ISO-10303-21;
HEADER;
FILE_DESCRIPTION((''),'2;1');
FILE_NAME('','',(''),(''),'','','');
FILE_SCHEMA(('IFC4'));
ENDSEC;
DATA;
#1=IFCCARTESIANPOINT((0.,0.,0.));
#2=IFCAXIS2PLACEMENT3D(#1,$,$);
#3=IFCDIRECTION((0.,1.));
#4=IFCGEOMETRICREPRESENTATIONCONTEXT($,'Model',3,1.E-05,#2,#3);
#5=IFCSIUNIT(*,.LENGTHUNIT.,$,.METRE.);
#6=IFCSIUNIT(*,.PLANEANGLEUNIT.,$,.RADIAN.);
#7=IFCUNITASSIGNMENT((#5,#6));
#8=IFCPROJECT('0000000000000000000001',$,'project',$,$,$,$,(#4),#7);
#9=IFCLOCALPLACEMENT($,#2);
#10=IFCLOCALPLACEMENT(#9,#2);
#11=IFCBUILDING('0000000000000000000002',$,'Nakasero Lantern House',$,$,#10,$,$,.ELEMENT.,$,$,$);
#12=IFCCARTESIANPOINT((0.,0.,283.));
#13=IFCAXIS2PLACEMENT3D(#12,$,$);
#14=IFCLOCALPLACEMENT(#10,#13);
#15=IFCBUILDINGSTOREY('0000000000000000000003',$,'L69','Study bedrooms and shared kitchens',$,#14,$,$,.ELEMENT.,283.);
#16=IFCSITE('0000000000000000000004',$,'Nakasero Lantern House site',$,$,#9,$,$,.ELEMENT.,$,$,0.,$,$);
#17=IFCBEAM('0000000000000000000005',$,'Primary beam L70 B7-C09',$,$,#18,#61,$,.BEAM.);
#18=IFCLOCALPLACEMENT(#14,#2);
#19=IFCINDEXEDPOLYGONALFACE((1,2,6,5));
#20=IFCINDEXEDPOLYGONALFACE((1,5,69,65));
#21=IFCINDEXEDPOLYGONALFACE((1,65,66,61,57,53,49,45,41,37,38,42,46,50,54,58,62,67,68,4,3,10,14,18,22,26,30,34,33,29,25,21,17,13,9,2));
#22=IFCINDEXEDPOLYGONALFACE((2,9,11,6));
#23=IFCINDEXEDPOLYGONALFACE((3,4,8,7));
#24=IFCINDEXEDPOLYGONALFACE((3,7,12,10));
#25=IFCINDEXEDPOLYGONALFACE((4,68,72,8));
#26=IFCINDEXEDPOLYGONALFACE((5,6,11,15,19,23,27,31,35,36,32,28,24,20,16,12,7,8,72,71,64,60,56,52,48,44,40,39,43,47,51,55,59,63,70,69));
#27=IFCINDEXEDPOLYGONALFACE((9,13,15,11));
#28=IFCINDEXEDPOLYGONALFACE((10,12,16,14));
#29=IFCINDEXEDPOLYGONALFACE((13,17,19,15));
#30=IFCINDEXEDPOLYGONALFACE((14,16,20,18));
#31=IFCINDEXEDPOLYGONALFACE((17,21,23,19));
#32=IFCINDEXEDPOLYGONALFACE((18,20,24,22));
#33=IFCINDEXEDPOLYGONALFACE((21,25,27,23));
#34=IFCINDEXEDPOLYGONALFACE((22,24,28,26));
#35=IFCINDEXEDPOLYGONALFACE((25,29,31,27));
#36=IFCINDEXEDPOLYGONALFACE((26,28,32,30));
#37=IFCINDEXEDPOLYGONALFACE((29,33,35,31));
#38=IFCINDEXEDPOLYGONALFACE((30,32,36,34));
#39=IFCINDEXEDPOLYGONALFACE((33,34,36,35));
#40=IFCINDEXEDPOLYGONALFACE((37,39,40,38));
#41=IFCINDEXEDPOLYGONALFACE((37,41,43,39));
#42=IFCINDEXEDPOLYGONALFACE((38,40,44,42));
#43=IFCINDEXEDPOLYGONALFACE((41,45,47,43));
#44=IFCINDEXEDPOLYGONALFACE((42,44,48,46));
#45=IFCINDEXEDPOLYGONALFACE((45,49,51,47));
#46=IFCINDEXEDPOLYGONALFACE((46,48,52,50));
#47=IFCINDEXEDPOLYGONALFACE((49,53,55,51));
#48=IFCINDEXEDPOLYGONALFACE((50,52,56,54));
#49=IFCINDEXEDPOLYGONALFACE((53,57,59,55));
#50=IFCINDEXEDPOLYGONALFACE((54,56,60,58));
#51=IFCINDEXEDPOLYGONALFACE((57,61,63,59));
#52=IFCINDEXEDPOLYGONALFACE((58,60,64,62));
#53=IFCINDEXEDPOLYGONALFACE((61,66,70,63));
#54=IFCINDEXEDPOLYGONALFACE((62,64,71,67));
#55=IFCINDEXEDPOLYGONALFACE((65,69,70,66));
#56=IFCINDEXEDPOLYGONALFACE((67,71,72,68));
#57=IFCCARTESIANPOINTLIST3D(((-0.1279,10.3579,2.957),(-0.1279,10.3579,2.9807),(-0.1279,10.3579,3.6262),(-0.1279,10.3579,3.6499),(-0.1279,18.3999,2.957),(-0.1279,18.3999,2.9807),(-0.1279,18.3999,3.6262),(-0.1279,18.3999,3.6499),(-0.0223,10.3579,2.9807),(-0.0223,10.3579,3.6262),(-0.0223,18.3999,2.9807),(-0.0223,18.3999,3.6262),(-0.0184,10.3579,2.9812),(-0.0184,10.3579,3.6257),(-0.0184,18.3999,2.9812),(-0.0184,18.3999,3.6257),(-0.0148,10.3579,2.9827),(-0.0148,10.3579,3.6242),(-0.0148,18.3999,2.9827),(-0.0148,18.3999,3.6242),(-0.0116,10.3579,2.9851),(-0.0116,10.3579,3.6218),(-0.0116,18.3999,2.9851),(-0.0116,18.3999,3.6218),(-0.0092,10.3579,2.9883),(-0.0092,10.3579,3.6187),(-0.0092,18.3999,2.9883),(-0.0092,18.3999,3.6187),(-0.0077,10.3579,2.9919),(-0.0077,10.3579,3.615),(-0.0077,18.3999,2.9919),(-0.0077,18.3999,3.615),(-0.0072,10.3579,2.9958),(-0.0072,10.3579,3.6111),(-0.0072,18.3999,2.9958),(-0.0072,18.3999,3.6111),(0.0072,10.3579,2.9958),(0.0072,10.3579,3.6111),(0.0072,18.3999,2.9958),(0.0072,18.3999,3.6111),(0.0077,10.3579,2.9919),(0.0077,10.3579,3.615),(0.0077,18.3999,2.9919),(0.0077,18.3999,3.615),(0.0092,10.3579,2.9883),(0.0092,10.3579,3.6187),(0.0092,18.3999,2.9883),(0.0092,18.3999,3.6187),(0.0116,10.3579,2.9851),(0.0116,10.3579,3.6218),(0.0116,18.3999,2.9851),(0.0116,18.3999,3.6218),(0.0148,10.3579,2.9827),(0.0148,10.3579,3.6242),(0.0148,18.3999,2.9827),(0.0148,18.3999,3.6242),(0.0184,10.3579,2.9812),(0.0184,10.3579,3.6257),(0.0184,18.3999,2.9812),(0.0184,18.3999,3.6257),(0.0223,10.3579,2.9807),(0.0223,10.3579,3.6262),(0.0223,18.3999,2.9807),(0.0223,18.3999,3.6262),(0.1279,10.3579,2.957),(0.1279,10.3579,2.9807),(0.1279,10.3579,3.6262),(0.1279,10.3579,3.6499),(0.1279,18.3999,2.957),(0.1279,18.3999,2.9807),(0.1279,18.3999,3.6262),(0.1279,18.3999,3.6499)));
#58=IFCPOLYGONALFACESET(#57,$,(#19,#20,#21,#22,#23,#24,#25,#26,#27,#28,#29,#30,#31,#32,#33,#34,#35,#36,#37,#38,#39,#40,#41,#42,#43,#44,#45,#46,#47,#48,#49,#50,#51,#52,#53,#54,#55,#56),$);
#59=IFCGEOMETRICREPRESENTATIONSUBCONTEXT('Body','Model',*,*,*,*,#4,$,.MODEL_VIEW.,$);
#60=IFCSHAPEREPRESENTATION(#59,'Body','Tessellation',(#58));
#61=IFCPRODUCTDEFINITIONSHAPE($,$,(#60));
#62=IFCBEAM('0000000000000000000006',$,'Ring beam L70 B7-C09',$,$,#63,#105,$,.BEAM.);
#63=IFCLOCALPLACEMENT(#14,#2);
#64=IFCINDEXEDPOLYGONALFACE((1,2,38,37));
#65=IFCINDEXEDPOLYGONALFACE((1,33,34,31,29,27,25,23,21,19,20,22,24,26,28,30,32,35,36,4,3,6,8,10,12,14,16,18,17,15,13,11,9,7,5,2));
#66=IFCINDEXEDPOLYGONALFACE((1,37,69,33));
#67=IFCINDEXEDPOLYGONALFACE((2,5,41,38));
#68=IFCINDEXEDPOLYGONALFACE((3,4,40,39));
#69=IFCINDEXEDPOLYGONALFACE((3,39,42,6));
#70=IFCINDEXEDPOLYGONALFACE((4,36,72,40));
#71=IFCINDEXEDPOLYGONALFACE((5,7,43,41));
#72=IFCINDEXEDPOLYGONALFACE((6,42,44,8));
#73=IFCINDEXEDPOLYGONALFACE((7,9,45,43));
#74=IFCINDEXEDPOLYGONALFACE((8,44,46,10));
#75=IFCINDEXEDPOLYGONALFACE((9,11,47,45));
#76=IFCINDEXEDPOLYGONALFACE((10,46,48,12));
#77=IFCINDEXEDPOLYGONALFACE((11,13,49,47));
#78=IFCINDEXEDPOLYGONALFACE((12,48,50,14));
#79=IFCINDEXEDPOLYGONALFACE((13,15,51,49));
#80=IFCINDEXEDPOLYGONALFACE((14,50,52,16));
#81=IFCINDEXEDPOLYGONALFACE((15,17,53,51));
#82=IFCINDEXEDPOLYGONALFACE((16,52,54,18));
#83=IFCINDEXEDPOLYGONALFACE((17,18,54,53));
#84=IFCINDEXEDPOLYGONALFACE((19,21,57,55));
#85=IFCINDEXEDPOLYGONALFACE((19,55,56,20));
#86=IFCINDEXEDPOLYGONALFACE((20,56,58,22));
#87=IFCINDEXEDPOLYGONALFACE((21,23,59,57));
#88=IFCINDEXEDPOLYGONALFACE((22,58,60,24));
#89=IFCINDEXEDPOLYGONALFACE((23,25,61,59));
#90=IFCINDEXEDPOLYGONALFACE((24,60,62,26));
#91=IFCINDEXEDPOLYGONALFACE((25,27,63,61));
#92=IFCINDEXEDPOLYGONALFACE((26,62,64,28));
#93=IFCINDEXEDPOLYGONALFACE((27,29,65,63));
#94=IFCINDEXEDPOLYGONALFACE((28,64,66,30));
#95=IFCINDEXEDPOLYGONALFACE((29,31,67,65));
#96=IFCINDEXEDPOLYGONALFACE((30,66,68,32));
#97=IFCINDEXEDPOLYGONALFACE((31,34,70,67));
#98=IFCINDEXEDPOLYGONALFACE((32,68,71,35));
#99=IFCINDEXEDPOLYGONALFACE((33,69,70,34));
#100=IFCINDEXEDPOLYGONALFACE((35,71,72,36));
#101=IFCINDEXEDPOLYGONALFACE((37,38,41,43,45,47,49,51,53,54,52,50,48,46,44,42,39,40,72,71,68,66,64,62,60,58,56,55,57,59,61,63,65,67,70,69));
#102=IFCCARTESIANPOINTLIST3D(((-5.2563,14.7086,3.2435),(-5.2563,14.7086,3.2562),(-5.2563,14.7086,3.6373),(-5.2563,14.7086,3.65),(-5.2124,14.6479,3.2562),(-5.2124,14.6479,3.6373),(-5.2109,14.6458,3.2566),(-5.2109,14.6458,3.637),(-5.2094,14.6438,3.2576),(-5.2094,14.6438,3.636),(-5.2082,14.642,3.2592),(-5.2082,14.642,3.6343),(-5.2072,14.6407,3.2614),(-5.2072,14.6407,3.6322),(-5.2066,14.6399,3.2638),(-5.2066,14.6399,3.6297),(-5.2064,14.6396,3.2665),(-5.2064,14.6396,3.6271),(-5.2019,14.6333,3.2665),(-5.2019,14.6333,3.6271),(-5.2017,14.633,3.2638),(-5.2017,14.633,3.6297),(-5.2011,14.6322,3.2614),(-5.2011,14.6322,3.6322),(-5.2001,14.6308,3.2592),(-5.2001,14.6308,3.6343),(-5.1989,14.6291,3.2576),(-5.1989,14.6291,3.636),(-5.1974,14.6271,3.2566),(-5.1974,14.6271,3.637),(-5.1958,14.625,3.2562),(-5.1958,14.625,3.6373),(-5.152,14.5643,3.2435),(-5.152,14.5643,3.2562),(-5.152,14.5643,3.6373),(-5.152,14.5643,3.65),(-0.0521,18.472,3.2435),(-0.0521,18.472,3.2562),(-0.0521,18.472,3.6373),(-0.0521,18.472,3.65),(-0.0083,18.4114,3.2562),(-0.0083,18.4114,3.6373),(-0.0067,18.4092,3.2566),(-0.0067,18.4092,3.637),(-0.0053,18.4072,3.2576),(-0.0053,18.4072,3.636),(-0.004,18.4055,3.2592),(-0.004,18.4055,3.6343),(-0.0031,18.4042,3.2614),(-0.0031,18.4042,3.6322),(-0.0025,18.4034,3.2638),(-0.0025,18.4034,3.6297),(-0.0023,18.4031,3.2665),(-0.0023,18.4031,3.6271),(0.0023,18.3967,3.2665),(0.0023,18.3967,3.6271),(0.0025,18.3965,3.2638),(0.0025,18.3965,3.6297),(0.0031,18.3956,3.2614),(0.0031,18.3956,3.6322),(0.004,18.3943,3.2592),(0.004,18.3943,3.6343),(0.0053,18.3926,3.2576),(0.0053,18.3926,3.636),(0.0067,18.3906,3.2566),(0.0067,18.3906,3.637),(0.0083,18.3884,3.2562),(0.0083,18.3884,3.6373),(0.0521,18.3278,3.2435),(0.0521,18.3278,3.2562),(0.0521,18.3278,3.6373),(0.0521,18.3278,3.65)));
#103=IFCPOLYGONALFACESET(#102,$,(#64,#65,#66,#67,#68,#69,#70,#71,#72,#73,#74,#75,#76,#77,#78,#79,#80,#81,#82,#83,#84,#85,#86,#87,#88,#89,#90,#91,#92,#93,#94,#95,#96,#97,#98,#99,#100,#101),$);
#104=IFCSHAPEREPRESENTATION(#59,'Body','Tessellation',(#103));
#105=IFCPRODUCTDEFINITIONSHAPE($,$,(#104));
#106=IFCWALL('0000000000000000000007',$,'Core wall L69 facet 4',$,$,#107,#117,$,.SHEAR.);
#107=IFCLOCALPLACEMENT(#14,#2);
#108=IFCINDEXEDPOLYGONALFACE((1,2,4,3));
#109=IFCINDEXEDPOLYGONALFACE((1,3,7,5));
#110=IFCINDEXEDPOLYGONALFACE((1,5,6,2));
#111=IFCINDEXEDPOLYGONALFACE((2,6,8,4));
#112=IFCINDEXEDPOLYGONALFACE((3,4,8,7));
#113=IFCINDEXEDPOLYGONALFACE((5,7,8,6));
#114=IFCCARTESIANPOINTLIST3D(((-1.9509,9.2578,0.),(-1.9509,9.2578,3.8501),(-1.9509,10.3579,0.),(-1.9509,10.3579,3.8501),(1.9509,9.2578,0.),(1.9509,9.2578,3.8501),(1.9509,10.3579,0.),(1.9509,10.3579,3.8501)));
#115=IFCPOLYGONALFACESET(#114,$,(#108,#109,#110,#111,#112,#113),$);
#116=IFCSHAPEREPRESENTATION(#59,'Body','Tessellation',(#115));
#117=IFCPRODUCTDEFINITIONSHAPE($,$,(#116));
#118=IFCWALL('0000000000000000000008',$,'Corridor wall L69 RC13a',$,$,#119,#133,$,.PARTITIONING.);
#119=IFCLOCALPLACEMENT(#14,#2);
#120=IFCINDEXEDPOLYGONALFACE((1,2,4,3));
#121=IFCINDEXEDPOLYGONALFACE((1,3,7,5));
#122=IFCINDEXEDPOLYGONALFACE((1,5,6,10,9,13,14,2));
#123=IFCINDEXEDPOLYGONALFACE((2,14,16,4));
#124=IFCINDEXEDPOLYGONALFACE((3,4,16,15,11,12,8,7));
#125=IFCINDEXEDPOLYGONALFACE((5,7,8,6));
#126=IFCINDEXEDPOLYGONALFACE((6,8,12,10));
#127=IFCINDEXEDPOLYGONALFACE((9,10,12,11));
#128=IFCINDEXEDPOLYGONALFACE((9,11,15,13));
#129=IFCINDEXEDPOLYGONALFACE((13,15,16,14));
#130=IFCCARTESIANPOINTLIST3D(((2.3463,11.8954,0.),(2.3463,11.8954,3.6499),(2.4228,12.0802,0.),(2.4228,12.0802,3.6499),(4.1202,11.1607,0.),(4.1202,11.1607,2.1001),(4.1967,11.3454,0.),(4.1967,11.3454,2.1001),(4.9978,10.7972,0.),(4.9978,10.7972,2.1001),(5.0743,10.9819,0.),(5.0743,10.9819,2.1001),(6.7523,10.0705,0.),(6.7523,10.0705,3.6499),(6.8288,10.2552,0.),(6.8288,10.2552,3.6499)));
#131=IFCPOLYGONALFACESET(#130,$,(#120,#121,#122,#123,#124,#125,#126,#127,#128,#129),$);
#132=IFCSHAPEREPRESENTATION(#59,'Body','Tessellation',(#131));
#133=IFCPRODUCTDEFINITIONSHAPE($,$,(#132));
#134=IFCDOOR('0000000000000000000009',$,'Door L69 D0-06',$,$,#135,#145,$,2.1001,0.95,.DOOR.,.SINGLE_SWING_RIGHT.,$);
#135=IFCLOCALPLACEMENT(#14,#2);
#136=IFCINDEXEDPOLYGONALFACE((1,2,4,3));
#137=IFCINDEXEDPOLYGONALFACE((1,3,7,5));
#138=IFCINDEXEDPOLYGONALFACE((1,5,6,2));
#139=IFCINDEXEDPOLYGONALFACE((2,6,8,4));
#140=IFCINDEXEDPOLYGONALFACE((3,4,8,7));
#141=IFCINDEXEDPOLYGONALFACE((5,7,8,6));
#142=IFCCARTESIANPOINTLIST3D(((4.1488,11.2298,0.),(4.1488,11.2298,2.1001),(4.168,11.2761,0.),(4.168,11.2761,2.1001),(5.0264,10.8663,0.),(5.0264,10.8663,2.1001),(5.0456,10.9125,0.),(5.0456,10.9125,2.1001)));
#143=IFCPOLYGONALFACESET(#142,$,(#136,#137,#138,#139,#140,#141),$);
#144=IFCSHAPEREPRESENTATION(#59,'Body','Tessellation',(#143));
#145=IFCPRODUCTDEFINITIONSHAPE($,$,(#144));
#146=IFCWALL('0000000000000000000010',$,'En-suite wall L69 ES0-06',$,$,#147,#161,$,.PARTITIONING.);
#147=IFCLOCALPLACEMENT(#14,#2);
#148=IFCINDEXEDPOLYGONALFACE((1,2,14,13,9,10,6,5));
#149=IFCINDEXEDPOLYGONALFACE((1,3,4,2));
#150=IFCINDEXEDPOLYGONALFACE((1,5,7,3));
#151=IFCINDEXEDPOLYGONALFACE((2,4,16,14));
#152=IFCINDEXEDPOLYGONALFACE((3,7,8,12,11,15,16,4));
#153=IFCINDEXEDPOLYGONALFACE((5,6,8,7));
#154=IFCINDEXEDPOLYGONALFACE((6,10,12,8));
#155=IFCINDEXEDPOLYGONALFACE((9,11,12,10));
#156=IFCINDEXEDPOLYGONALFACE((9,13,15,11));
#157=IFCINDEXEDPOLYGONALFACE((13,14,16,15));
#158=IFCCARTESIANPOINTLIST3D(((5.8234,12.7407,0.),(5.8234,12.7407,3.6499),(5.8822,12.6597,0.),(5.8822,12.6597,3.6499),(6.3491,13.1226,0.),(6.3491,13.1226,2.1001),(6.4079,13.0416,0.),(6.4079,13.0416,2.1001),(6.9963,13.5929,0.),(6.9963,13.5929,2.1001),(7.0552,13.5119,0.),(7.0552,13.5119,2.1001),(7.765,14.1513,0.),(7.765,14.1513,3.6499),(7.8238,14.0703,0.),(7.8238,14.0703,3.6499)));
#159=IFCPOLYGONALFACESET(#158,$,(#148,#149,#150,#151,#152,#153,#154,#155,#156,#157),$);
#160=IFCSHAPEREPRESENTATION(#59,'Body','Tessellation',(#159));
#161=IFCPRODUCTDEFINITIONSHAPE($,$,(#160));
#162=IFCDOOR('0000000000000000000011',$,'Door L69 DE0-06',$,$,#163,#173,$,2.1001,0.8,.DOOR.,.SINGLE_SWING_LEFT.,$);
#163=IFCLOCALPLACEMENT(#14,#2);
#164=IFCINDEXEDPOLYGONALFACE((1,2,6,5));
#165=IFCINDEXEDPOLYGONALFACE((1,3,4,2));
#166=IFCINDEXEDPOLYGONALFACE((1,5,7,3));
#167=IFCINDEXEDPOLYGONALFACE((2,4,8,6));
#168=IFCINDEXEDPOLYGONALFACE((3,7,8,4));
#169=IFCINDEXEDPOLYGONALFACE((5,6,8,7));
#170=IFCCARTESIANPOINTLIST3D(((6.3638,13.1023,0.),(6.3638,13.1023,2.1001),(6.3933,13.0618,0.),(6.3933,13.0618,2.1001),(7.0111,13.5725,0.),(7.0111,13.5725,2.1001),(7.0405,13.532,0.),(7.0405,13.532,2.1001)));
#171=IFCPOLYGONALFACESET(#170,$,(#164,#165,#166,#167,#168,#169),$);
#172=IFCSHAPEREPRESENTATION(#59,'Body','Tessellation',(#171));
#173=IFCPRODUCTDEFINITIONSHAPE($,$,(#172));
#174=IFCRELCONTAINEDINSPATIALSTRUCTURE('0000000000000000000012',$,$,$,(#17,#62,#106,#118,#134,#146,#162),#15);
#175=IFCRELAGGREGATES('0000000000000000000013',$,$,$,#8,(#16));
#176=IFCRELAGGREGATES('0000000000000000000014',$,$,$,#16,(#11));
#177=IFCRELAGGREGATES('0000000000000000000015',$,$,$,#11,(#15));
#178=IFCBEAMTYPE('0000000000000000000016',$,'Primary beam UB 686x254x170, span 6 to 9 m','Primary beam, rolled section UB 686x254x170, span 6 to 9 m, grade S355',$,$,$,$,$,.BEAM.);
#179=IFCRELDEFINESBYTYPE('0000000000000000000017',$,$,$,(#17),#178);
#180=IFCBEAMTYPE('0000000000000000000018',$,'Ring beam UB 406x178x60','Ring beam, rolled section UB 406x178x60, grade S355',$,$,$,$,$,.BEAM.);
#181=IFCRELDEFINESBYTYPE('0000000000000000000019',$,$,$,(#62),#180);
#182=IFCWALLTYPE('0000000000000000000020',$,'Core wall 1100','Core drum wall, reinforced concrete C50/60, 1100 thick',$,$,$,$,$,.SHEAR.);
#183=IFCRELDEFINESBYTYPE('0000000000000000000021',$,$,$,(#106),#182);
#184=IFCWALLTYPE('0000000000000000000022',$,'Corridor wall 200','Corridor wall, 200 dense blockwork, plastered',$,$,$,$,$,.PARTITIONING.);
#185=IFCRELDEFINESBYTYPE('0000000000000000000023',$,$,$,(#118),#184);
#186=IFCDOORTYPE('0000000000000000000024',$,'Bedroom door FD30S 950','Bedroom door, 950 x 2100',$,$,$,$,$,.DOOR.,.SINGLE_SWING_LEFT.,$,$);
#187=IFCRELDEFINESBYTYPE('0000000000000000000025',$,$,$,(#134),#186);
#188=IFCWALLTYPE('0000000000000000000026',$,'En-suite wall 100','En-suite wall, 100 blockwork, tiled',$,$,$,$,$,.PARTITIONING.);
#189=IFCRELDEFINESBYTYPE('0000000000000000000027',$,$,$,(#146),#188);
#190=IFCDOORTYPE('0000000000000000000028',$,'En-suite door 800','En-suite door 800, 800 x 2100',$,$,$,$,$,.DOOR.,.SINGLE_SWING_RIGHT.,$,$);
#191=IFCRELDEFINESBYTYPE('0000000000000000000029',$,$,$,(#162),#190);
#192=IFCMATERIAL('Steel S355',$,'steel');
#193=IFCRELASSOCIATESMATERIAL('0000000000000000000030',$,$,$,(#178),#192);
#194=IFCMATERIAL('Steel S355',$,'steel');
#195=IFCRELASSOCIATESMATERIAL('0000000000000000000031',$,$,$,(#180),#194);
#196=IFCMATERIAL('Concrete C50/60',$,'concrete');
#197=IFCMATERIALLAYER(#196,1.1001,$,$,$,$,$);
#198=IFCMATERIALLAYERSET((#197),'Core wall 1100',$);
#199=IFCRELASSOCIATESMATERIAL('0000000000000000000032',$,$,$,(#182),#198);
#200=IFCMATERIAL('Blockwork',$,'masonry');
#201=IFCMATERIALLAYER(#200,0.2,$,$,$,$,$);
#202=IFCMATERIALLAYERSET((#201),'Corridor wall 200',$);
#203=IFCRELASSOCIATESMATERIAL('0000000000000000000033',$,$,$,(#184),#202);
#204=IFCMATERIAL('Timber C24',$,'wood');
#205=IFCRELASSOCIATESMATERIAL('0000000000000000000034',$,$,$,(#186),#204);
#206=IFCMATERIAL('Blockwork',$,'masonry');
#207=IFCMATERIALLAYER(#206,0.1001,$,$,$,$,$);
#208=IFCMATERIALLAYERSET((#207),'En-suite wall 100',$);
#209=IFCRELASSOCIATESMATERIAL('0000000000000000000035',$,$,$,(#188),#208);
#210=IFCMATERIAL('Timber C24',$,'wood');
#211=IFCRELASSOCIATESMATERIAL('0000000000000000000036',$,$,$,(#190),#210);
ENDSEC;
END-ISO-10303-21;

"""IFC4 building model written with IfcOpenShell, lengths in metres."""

from ifc_helpers import new_model, si_unit, direction, frame, frame_2d, origin, origin_2d, place, context, subcontext, project, spatial, rectangle, i_section, extrude, material, layer, layer_set, material_profile, profile_set, type_object, element, fill, save


model = new_model("IFC4")

# Units and contexts
model_context = context("Model", 3, precision=1e-05, world=origin(), true_north=direction((0.0, 1.0)))
body_context = subcontext(model_context, "Body", "Model", "MODEL_VIEW")
ifc_project = project(units=[si_unit("LENGTHUNIT", "METRE"), si_unit("PLANEANGLEUNIT", "RADIAN")], contexts=[model_context])

# Site, building, storey
site_placement = place(None, origin())
site = spatial("IfcSite", under=ifc_project, at=site_placement, Name="Nakasero Lantern House site", CompositionType="ELEMENT", RefElevation=0.0)
building_placement = place(site_placement, origin())
building = spatial("IfcBuilding", under=site, at=building_placement, Name="Nakasero Lantern House", CompositionType="ELEMENT")
storey_placement = place(building_placement, frame((0.0, 0.0, 283.0)))
storey = spatial("IfcBuildingStorey", under=building, at=storey_placement, Name="L69", Description="Study bedrooms and shared kitchens", CompositionType="ELEMENT", Elevation=283.0)

# Beams
ifc_material_1 = material(Name="Steel S355", Category="steel")
ifc_material_profile_1 = material_profile(ifc_material_1, i_section(OverallWidth=0.2559, OverallDepth=0.6929, WebThickness=0.0144, FlangeThickness=0.0237, FilletRadius=0.0151, at=origin_2d()), Name="UB 686x254x170")
ifc_profile_set_1 = profile_set([ifc_material_profile_1], Name="Steel S355")
beam_type_1 = type_object("IfcBeamType", Name="Primary beam UB 686x254x170, span 6 to 9 m", Description="Primary beam, rolled section UB 686x254x170, span 6 to 9 m, grade S355", PredefinedType="BEAM", material=ifc_profile_set_1)
beam_1_placement = place(storey_placement, frame((0.0, 18.3999, 3.3035), z_axis=(0.0, -1.0, 0.0), x_axis=(1.0, 0.0, 0.0)))
element("IfcBeam", 1, at=beam_1_placement, inside=storey, type_object=beam_type_1, Name="Primary beam L70 B7-C09", PredefinedType="BEAM", context=body_context, shape_type="SweptSolid", body=[
    extrude(i_section(OverallWidth=0.2559, OverallDepth=0.6929, WebThickness=0.0144, FlangeThickness=0.0237, FilletRadius=0.0151, at=origin_2d()), origin(), (0.0, 0.0, 1.0), 8.042),
])
ifc_material_2 = material(Name="Steel S355", Category="steel")
ifc_material_profile_2 = material_profile(ifc_material_2, i_section(OverallWidth=0.178, OverallDepth=0.4065, WebThickness=0.0078, FlangeThickness=0.0127, FilletRadius=0.0103, at=origin_2d()), Name="UB 406x178x60")
ifc_profile_set_2 = profile_set([ifc_material_profile_2], Name="Steel S355")
beam_type_2 = type_object("IfcBeamType", Name="Ring beam UB 406x178x60", Description="Ring beam, rolled section UB 406x178x60, grade S355", PredefinedType="BEAM", material=ifc_profile_set_2)
beam_2_placement = place(storey_placement, frame((0.0, 18.3999, 3.4468), z_axis=(-0.810316, -0.585993, 0.0), x_axis=(0.585993, -0.810316, 0.0)))
element("IfcBeam", 2, at=beam_2_placement, inside=storey, type_object=beam_type_2, Name="Ring beam L70 B7-C09", PredefinedType="BEAM", context=body_context, shape_type="SweptSolid", body=[
    extrude(i_section(OverallWidth=0.178, OverallDepth=0.4065, WebThickness=0.0078, FlangeThickness=0.0127, FilletRadius=0.0103, at=origin_2d()), origin(), (0.0, 0.0, 1.0), 6.4224),
])

# Wall
ifc_material_3 = material(Name="Concrete C50/60", Category="concrete")
ifc_layer_1 = layer(ifc_material_3, 1.1001)
ifc_layer_set_1 = layer_set([ifc_layer_1], Name="Core wall 1100")
wall_type_1 = type_object("IfcWallType", Name="Core wall 1100", Description="Core drum wall, reinforced concrete C50/60, 1100 thick", PredefinedType="SHEAR", material=ifc_layer_set_1)
wall_1_placement = place(storey_placement, frame((1.9509, 9.8079, 0.0), z_axis=(0.0, 0.0, 1.0), x_axis=(-1.0, 0.0, 0.0)))
element("IfcWall", 3, at=wall_1_placement, inside=storey, type_object=wall_type_1, Name="Core wall L69 facet 4", PredefinedType="SHEAR", context=body_context, shape_type="SweptSolid", body=[
    extrude(rectangle(XDim=3.9019, YDim=1.1001, at=frame_2d((1.9509, 0.0))), origin(), (0.0, 0.0, 1.0), 3.8501),
])

# Walls, openings, doors
ifc_material_4 = material(Name="Blockwork", Category="masonry")
ifc_layer_2 = layer(ifc_material_4, 0.2)
ifc_layer_set_2 = layer_set([ifc_layer_2], Name="Corridor wall 200")
wall_type_2 = type_object("IfcWallType", Name="Corridor wall 200", Description="Corridor wall, 200 dense blockwork, plastered", PredefinedType="PARTITIONING", material=ifc_layer_set_2)
wall_2_placement = place(storey_placement, frame((2.3845, 11.9878, 0.0), z_axis=(0.0, 0.0, 1.0), x_axis=(0.923885, -0.38267, 0.0)))
wall_2 = element("IfcWall", 4, at=wall_2_placement, inside=storey, type_object=wall_type_2, Name="Corridor wall L69 RC13a", PredefinedType="PARTITIONING", context=body_context, shape_type="SweptSolid", body=[
    extrude(rectangle(XDim=4.769, YDim=0.2, at=frame_2d((2.3845, 0.0))), origin(), (0.0, 0.0, 1.0), 3.6499),
])
opening_1_placement = place(wall_2_placement, frame((1.9199, 0.0, 0.0)))
opening_1 = element("IfcOpeningElement", 5, at=opening_1_placement, cuts=wall_2, PredefinedType="OPENING", context=body_context, shape_type="SweptSolid", body=[
    extrude(rectangle(XDim=0.95, YDim=2.1001, at=frame_2d((0.4751, 1.05))), frame((0.0, 0.1199, 0.0), z_axis=(0.0, -1.0, 0.0), x_axis=(1.0, 0.0, 0.0)), (0.0, 0.0, 1.0), 0.24),
])
ifc_material_5 = material(Name="Timber C24", Category="wood")
door_type_1 = type_object("IfcDoorType", Name="Bedroom door FD30S 950", Description="Bedroom door, 950 x 2100", OperationType="SINGLE_SWING_LEFT", PredefinedType="DOOR", material=ifc_material_5)
door_1_placement = place(opening_1_placement, origin())
door_1 = element("IfcDoor", 6, at=door_1_placement, inside=storey, type_object=door_type_1, Name="Door L69 D0-06", OperationType="SINGLE_SWING_RIGHT", OverallHeight=2.1001, OverallWidth=0.95, PredefinedType="DOOR", context=body_context, shape_type="SweptSolid", body=[
    extrude(rectangle(XDim=0.95, YDim=2.1001, at=frame_2d((0.4751, 1.05))), frame((0.0, 0.0249, 0.0), z_axis=(0.0, -1.0, 0.0), x_axis=(1.0, 0.0, 0.0)), (0.0, 0.0, 1.0), 0.05),
])
fill(opening_1, door_1)
ifc_material_6 = material(Name="Blockwork", Category="masonry")
ifc_layer_3 = layer(ifc_material_6, 0.1001)
ifc_layer_set_3 = layer_set([ifc_layer_3], Name="En-suite wall 100")
wall_type_3 = type_object("IfcWallType", Name="En-suite wall 100", Description="En-suite wall, 100 blockwork, tiled", PredefinedType="PARTITIONING", material=ifc_layer_set_3)
wall_3_placement = place(storey_placement, frame((5.8528, 12.7002, 0.0), z_axis=(0.0, 0.0, 1.0), x_axis=(0.809026, 0.587772, 0.0)))
wall_3 = element("IfcWall", 7, at=wall_3_placement, inside=storey, type_object=wall_type_3, Name="En-suite wall L69 ES0-06", PredefinedType="PARTITIONING", context=body_context, shape_type="SweptSolid", body=[
    extrude(rectangle(XDim=2.3999, YDim=0.1001, at=frame_2d((1.2, 0.0))), origin(), (0.0, 0.0, 1.0), 3.6499),
])
opening_2_placement = place(wall_3_placement, frame((0.6499, 0.0, 0.0)))
opening_2 = element("IfcOpeningElement", 8, at=opening_2_placement, cuts=wall_3, PredefinedType="OPENING", context=body_context, shape_type="SweptSolid", body=[
    extrude(rectangle(XDim=0.8, YDim=2.1001, at=frame_2d((0.3999, 1.05))), frame((0.0, 0.0701, 0.0), z_axis=(0.0, -1.0, 0.0), x_axis=(1.0, 0.0, 0.0)), (0.0, 0.0, 1.0), 0.1401),
])
ifc_material_7 = material(Name="Timber C24", Category="wood")
door_type_2 = type_object("IfcDoorType", Name="En-suite door 800", Description="En-suite door 800, 800 x 2100", OperationType="SINGLE_SWING_RIGHT", PredefinedType="DOOR", material=ifc_material_7)
door_2_placement = place(opening_2_placement, origin())
door_2 = element("IfcDoor", 9, at=door_2_placement, inside=storey, type_object=door_type_2, Name="Door L69 DE0-06", OperationType="SINGLE_SWING_LEFT", OverallHeight=2.1001, OverallWidth=0.8, PredefinedType="DOOR", context=body_context, shape_type="SweptSolid", body=[
    extrude(rectangle(XDim=0.8, YDim=2.1001, at=frame_2d((0.3999, 1.05))), frame((0.0, 0.0249, 0.0), z_axis=(0.0, -1.0, 0.0), x_axis=(1.0, 0.0, 0.0)), (0.0, 0.0, 1.0), 0.05),
])
fill(opening_2, door_2)

save(model, "model.ifc")
